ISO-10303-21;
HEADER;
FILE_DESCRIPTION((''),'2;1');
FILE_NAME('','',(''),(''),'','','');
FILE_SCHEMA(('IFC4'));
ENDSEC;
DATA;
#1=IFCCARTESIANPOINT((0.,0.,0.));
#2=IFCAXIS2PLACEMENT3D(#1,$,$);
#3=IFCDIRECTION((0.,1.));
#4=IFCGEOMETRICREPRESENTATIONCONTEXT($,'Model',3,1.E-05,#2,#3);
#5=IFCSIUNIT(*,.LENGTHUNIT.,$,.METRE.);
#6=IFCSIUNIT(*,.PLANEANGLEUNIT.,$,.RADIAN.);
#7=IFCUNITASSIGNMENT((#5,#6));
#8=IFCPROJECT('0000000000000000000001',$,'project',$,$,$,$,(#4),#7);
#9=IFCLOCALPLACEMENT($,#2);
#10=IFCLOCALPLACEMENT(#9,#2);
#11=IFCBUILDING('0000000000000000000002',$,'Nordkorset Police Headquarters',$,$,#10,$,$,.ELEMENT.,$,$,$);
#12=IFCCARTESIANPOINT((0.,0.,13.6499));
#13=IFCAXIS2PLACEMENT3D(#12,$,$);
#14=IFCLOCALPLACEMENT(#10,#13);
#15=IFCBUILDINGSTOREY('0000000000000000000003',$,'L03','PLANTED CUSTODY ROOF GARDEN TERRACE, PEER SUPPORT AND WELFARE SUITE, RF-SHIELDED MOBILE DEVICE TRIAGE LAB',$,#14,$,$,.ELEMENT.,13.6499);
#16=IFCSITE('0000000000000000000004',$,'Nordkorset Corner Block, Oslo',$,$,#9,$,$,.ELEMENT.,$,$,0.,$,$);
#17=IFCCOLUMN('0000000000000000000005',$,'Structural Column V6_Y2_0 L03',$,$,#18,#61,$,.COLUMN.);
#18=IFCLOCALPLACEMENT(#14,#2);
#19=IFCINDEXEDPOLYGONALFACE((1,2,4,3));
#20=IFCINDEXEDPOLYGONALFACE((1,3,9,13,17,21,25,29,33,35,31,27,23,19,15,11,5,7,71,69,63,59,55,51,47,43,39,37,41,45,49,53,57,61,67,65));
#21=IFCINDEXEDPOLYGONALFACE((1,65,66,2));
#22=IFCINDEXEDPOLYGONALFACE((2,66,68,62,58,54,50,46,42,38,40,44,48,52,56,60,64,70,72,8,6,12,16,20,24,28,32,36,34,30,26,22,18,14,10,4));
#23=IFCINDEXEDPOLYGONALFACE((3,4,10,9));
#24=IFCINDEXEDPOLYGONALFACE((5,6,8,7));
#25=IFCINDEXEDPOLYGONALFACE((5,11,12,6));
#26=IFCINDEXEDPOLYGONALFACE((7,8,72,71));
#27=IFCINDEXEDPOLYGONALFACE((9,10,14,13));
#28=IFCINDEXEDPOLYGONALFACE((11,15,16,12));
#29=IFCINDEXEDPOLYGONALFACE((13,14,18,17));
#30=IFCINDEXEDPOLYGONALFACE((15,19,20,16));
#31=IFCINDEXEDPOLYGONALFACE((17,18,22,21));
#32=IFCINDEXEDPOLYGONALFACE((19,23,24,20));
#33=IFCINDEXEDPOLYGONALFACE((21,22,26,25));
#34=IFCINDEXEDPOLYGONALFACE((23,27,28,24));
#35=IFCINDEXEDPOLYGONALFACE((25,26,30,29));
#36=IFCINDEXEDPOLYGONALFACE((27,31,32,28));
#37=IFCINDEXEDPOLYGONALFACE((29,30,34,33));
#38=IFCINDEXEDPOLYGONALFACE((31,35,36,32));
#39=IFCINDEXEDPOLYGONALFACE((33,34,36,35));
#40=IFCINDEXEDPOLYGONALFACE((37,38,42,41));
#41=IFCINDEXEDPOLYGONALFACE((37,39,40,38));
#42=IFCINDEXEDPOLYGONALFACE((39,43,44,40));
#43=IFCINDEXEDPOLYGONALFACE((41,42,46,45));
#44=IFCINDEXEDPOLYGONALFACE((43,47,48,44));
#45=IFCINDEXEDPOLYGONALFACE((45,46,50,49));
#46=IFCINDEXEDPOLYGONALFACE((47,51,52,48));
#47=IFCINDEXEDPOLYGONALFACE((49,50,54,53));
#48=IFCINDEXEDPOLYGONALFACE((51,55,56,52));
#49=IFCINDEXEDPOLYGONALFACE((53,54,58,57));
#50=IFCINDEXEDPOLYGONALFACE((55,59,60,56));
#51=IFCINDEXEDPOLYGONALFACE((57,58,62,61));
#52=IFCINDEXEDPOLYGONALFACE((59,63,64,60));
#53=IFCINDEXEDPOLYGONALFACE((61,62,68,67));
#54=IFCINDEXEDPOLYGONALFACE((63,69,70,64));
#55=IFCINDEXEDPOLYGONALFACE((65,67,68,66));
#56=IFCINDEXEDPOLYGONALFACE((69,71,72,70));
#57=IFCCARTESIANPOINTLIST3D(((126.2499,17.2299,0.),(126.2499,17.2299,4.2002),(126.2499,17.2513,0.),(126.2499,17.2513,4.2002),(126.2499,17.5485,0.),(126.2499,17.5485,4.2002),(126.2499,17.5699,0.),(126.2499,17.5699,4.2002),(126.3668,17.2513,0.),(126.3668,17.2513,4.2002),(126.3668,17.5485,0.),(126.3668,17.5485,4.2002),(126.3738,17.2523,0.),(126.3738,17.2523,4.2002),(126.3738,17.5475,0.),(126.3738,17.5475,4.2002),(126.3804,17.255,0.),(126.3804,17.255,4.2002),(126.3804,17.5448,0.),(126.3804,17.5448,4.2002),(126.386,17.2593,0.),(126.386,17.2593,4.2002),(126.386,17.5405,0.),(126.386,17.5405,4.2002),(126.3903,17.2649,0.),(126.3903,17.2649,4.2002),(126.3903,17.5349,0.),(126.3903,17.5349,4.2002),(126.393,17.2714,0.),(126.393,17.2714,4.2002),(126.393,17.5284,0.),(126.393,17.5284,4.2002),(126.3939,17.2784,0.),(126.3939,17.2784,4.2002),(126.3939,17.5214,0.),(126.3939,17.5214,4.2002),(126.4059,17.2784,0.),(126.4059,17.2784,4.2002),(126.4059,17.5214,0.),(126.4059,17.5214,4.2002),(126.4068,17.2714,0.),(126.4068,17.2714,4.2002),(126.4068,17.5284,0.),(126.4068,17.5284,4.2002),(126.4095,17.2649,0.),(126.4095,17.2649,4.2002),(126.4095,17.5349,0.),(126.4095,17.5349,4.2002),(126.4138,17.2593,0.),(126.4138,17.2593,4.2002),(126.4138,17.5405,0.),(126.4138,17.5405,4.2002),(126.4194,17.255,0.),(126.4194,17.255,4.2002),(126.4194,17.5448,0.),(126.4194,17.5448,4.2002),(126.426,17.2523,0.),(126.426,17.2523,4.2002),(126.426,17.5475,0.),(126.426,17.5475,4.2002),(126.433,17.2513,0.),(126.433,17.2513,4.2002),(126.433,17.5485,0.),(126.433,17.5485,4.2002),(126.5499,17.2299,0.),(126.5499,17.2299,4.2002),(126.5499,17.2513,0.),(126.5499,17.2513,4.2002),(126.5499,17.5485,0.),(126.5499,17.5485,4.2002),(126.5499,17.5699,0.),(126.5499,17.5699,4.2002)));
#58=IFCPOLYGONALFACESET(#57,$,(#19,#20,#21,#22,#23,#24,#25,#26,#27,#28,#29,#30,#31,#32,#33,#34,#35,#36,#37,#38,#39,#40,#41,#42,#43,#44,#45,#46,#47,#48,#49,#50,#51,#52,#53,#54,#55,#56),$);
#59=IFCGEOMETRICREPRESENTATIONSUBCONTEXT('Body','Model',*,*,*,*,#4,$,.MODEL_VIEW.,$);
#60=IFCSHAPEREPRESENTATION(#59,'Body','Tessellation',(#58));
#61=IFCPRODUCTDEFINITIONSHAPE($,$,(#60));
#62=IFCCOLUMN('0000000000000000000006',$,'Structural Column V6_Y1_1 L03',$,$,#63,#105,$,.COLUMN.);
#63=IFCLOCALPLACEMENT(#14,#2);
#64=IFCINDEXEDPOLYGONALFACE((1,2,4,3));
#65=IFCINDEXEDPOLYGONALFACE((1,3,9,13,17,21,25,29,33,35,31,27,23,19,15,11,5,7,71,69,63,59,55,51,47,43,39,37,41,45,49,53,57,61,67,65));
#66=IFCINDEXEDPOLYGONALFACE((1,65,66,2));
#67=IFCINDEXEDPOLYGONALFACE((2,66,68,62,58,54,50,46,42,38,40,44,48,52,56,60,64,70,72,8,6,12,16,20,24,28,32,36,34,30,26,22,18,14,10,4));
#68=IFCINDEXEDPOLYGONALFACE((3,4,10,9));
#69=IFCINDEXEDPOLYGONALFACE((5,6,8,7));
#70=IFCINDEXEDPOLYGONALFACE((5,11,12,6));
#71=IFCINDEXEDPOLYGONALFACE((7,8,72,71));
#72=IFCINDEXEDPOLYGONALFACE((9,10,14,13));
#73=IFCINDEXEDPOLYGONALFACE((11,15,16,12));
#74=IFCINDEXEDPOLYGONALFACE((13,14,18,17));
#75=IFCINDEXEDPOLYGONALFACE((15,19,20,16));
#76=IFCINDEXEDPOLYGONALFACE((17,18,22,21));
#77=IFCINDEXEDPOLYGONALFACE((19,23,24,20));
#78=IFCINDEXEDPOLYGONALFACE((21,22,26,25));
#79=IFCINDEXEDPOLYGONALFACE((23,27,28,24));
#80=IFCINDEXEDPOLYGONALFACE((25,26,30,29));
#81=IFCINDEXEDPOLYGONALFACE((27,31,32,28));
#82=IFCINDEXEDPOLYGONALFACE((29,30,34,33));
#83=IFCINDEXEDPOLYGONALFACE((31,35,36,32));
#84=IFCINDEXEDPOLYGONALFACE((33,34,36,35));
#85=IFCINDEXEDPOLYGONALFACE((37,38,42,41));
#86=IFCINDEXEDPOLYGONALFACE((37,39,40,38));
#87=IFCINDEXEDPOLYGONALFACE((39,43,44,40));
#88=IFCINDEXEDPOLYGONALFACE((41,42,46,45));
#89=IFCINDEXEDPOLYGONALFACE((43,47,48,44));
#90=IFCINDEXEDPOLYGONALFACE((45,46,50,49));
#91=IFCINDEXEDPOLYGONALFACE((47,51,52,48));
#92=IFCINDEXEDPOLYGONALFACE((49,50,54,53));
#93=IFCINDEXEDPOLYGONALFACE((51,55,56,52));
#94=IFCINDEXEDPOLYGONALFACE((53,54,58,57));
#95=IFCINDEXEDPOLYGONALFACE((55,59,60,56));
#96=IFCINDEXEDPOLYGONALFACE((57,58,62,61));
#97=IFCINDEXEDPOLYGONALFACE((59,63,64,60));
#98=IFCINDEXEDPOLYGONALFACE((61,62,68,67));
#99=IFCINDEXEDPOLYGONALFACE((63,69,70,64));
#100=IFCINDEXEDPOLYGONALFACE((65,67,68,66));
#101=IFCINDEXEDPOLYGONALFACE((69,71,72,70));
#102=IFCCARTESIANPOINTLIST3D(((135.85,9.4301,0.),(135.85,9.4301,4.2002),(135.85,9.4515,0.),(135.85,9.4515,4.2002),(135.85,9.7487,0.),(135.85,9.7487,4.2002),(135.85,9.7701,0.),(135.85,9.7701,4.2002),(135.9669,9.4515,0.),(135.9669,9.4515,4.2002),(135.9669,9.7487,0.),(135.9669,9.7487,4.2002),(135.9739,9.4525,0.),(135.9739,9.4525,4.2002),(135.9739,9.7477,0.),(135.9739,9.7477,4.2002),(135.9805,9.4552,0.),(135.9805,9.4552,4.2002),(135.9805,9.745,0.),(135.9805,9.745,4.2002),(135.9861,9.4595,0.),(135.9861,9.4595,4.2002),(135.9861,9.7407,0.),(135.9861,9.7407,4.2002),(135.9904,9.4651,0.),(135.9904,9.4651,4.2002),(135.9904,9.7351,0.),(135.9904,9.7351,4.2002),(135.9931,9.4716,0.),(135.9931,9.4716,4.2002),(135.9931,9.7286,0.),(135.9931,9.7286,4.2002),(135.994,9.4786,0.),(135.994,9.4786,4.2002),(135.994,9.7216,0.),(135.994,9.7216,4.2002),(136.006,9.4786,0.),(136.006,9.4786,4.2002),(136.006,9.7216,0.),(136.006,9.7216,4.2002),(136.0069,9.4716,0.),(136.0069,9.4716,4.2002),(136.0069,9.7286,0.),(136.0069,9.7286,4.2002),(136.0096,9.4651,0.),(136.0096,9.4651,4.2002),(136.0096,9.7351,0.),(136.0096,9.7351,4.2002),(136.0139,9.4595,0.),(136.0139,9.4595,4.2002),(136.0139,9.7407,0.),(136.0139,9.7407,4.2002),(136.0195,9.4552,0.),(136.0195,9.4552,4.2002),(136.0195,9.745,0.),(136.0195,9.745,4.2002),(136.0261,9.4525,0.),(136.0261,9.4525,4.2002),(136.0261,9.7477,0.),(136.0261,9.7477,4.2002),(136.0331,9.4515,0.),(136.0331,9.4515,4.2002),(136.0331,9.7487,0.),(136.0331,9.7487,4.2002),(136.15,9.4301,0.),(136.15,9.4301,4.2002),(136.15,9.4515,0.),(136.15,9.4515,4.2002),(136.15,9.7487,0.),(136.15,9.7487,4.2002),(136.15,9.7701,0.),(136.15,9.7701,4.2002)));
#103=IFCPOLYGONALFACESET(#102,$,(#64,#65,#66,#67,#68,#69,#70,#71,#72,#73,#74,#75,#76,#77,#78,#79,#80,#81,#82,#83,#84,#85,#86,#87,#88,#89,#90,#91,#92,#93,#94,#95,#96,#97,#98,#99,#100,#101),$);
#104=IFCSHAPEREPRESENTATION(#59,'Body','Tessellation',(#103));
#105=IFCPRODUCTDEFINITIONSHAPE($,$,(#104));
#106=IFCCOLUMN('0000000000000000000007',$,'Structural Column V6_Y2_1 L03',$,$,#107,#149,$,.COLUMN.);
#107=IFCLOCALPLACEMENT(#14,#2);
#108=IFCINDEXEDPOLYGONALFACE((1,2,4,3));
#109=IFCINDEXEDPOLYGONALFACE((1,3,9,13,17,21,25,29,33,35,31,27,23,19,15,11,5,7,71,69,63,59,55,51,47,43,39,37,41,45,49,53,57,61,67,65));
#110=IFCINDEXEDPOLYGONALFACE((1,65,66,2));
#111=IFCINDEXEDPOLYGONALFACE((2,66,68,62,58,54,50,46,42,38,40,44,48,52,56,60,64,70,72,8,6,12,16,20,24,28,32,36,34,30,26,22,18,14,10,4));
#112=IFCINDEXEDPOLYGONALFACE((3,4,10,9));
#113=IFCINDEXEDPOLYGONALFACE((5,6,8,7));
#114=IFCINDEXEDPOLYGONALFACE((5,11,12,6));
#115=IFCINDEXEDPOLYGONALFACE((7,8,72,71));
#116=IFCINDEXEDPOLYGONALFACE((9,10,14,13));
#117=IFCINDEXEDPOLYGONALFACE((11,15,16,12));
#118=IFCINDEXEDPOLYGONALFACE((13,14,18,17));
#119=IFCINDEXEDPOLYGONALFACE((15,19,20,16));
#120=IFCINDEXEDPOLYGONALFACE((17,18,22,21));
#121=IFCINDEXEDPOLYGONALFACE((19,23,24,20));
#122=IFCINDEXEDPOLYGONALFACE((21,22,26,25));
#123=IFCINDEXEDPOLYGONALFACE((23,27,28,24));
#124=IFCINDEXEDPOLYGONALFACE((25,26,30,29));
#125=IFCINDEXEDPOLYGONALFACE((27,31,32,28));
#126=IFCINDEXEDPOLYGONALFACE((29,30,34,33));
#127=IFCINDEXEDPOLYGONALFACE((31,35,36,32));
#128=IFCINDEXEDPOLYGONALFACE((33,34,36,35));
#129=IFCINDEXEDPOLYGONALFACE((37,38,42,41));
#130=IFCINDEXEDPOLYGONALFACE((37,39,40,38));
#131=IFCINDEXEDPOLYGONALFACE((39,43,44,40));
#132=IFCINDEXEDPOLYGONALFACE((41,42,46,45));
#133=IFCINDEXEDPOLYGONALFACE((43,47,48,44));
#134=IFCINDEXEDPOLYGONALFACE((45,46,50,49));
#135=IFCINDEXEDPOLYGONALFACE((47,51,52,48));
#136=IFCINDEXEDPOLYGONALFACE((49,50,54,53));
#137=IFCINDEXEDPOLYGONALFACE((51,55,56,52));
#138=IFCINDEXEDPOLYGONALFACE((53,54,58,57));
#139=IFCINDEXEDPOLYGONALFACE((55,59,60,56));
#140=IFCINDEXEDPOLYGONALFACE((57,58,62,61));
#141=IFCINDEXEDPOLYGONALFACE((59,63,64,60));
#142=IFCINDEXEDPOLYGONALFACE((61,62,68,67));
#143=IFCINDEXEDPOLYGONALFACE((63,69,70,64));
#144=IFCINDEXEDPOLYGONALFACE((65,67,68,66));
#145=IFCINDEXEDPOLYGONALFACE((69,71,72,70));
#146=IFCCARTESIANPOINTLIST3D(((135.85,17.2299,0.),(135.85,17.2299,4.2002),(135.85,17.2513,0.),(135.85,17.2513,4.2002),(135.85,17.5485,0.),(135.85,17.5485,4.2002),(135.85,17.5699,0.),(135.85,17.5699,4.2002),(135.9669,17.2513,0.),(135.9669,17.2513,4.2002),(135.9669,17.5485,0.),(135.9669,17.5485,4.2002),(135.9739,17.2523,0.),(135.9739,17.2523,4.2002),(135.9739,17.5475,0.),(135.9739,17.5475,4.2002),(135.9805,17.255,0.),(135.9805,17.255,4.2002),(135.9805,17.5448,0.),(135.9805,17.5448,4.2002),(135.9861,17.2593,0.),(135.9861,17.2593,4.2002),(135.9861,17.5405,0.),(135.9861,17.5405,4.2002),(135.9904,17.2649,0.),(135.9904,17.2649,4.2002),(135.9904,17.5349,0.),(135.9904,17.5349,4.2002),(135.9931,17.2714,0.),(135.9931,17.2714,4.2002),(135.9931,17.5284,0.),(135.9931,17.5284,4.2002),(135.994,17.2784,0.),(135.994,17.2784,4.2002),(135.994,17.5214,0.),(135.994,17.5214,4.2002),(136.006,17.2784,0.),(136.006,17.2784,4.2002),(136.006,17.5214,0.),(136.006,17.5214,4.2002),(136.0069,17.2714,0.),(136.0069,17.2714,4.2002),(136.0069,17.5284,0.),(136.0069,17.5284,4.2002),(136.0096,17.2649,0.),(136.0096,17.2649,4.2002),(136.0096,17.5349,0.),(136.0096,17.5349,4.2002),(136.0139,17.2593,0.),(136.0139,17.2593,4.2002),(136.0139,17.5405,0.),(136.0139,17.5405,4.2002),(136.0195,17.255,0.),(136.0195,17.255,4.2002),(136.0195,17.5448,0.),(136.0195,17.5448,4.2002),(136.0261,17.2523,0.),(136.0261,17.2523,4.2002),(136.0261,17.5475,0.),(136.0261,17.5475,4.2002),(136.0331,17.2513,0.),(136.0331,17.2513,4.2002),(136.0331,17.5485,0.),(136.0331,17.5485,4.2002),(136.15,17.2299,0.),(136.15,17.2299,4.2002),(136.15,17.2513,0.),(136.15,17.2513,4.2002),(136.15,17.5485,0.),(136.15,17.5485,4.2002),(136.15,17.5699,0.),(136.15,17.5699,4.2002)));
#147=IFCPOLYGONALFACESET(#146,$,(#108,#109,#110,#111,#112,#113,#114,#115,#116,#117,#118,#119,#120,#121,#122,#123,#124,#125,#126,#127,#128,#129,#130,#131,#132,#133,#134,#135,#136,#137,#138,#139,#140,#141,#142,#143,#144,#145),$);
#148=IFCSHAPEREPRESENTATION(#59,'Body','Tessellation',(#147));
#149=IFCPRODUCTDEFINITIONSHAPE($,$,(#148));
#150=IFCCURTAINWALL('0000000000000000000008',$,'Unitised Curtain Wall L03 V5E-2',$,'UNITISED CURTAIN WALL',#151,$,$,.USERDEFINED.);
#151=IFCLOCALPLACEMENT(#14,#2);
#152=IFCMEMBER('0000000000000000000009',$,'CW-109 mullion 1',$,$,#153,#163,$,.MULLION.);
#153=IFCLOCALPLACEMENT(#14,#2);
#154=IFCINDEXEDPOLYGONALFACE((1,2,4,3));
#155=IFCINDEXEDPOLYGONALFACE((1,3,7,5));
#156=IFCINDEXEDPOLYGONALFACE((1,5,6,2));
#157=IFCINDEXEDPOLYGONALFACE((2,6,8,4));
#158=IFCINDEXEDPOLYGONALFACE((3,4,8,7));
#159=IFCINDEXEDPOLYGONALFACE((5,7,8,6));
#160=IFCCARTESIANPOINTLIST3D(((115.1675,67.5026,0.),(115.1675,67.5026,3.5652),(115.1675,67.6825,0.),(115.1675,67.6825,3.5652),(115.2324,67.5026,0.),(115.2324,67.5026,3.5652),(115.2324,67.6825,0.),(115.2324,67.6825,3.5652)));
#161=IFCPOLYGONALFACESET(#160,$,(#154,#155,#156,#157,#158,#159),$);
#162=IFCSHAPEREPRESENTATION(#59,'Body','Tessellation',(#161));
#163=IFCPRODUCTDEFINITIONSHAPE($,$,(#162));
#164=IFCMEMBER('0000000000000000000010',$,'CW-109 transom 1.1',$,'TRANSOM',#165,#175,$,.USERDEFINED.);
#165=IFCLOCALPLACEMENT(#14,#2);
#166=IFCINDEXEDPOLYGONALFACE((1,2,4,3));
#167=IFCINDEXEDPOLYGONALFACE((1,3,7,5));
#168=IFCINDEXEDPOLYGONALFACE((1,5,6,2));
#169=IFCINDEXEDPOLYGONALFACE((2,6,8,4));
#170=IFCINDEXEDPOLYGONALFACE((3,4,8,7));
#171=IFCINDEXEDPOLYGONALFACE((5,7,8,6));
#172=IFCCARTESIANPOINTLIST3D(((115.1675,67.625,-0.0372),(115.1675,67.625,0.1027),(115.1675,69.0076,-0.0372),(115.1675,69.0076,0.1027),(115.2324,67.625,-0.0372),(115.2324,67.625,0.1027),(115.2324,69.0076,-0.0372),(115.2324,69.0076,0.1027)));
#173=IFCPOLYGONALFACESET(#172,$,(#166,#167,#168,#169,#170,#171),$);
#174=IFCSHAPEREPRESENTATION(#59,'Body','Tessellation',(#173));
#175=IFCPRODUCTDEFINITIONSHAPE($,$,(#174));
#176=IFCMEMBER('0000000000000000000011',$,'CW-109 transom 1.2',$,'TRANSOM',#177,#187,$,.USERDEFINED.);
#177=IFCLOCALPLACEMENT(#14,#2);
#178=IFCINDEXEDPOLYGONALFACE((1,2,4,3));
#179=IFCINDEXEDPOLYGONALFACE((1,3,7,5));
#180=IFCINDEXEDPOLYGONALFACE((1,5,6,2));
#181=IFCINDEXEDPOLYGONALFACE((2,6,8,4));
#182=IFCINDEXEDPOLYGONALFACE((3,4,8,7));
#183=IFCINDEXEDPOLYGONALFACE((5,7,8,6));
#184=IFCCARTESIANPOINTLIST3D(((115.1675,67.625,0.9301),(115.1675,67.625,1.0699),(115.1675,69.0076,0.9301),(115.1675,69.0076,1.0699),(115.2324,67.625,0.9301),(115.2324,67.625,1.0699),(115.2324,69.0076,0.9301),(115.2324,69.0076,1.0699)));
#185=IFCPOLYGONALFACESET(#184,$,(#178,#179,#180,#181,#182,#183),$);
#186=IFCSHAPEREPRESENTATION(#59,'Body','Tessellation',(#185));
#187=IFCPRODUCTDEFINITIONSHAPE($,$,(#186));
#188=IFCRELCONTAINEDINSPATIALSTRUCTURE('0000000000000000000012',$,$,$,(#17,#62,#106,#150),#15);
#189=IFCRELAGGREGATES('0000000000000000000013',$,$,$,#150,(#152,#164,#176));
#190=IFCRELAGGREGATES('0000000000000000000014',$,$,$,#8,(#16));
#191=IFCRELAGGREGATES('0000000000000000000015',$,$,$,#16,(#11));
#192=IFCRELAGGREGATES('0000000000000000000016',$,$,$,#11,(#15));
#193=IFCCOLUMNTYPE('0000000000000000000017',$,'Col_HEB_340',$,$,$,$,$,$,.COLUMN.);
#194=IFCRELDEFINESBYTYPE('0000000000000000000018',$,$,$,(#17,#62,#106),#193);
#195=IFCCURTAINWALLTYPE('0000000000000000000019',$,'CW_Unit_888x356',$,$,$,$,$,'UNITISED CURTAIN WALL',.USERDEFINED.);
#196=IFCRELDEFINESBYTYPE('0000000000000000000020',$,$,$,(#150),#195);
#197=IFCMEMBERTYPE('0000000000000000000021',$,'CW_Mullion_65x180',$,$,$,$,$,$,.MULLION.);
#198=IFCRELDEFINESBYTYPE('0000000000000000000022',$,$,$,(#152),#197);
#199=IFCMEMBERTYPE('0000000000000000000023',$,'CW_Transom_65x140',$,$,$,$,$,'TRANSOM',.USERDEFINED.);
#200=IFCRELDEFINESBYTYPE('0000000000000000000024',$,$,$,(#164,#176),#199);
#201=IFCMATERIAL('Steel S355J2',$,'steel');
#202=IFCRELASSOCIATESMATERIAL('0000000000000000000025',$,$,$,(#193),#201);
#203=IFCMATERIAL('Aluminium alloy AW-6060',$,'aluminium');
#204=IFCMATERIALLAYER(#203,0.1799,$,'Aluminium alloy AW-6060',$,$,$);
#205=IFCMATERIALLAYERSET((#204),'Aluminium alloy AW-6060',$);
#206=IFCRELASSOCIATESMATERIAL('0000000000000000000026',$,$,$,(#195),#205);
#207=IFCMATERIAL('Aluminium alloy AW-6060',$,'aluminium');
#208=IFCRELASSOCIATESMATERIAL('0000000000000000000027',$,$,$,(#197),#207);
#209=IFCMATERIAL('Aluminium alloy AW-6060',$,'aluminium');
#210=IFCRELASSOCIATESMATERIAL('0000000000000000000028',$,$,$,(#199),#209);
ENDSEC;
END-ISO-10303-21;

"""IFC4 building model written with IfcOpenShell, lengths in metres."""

from ifc_helpers import new_model, si_unit, direction, frame, origin, origin_2d, place, context, subcontext, project, spatial, rectangle, i_section, extrude, material, layer, layer_set, material_profile, profile_set, type_object, element, aggregate, save


model = new_model("IFC4")

# Units and contexts
model_context = context("Model", 3, precision=1e-05, world=origin(), true_north=direction((0.0, 1.0)))
body_context = subcontext(model_context, "Body", "Model", "MODEL_VIEW")
ifc_project = project(units=[si_unit("LENGTHUNIT", "METRE"), si_unit("PLANEANGLEUNIT", "RADIAN")], contexts=[model_context])

# Site, building, storey
site_placement = place(None, origin())
site = spatial("IfcSite", under=ifc_project, at=site_placement, Name="Nordkorset Corner Block, Oslo", CompositionType="ELEMENT", RefElevation=0.0)
building_placement = place(site_placement, origin())
building = spatial("IfcBuilding", under=site, at=building_placement, Name="Nordkorset Police Headquarters", CompositionType="ELEMENT")
storey_placement = place(building_placement, frame((0.0, 0.0, 13.6499)))
storey = spatial("IfcBuildingStorey", under=building, at=storey_placement, Name="L03", Description="PLANTED CUSTODY ROOF GARDEN TERRACE, PEER SUPPORT AND WELFARE SUITE, RF-SHIELDED MOBILE DEVICE TRIAGE LAB", CompositionType="ELEMENT", Elevation=13.6499)

# Columns
ifc_material_1 = material(Name="Steel S355J2", Category="steel")
ifc_material_profile_1 = material_profile(ifc_material_1, i_section(OverallWidth=0.3, OverallDepth=0.3401, WebThickness=0.012, FlangeThickness=0.0215, FilletRadius=0.0271, at=origin_2d()), Name="HEB 340")
ifc_profile_set_1 = profile_set([ifc_material_profile_1], Name="Steel S355J2")
column_type = type_object("IfcColumnType", Name="Col_HEB_340", PredefinedType="COLUMN", material=ifc_profile_set_1)
for number, where, z_axis, x_axis, name in (
    (1, (126.3999, 17.3999, 0.0), (0.0, 0.0, 1.0), (1.0, 0.0, 0.0), "Structural Column V6_Y2_0 L03"),
    (2, (136.0, 9.6001, 0.0), (0.0, 0.0, 1.0), (1.0, 0.0, 0.0), "Structural Column V6_Y1_1 L03"),
    (3, (136.0, 17.3999, 0.0), (0.0, 0.0, 1.0), (1.0, 0.0, 0.0), "Structural Column V6_Y2_1 L03"),
):
    element("IfcColumn", number, at=place(storey_placement, frame(where, z_axis=z_axis, x_axis=x_axis)), inside=storey, type_object=column_type, Name=name, PredefinedType="COLUMN", context=body_context, shape_type="SweptSolid", body=[
        extrude(i_section(OverallWidth=0.3, OverallDepth=0.3401, WebThickness=0.012, FlangeThickness=0.0215, FilletRadius=0.0271, at=origin_2d()), origin(), (0.0, 0.0, 1.0), 4.2002),
    ])

# Curtain wall, members
ifc_material_2 = material(Name="Aluminium alloy AW-6060", Category="aluminium")
ifc_layer_1 = layer(ifc_material_2, 0.1799, Name="Aluminium alloy AW-6060")
ifc_layer_set_1 = layer_set([ifc_layer_1], Name="Aluminium alloy AW-6060")
curtain_wall_type = type_object("IfcCurtainWallType", Name="CW_Unit_888x356", ElementType="UNITISED CURTAIN WALL", PredefinedType="USERDEFINED", material=ifc_layer_set_1)
curtain_wall_placement = place(storey_placement, origin())
curtain_wall = element("IfcCurtainWall", 4, at=curtain_wall_placement, inside=storey, type_object=curtain_wall_type, Name="Unitised Curtain Wall L03 V5E-2", ObjectType="UNITISED CURTAIN WALL", PredefinedType="USERDEFINED")
ifc_material_3 = material(Name="Aluminium alloy AW-6060", Category="aluminium")
ifc_material_profile_2 = material_profile(ifc_material_3, rectangle(XDim=0.0649, YDim=0.1799, at=origin_2d()), Name="ALU MULL 65x180")
ifc_profile_set_2 = profile_set([ifc_material_profile_2], Name="Aluminium alloy AW-6060")
member_type_1 = type_object("IfcMemberType", Name="CW_Mullion_65x180", PredefinedType="MULLION", material=ifc_profile_set_2)
member_1_placement = place(storey_placement, frame((115.2, 67.5925, 0.0), z_axis=(0.0, 0.0, 1.0), x_axis=(-1.0, 0.0, 0.0)))
member_1 = element("IfcMember", 5, at=member_1_placement, type_object=member_type_1, Name="CW-109 mullion 1", PredefinedType="MULLION", context=body_context, shape_type="SweptSolid", body=[
    extrude(rectangle(XDim=0.0649, YDim=0.1799, at=origin_2d()), origin(), (0.0, 0.0, 1.0), 3.5652),
])
ifc_material_4 = material(Name="Aluminium alloy AW-6060", Category="aluminium")
ifc_material_profile_3 = material_profile(ifc_material_4, rectangle(XDim=0.0649, YDim=0.1399, at=origin_2d()), Name="ALU TRAN 65x140")
ifc_profile_set_3 = profile_set([ifc_material_profile_3], Name="Aluminium alloy AW-6060")
member_type_2 = type_object("IfcMemberType", Name="CW_Transom_65x140", ElementType="TRANSOM", PredefinedType="USERDEFINED", material=ifc_profile_set_3)
member_2_placement = place(storey_placement, frame((115.2, 67.625, 0.0327), z_axis=(0.0, 1.0, 0.0), x_axis=(-1.0, 0.0, 0.0)))
member_2 = element("IfcMember", 6, at=member_2_placement, type_object=member_type_2, Name="CW-109 transom 1.1", ObjectType="TRANSOM", PredefinedType="USERDEFINED", context=body_context, shape_type="SweptSolid", body=[
    extrude(rectangle(XDim=0.0649, YDim=0.1399, at=origin_2d()), origin(), (0.0, 0.0, 1.0), 1.3826),
])
member_3_placement = place(storey_placement, frame((115.2, 67.625, 1.0), z_axis=(0.0, 1.0, 0.0), x_axis=(-1.0, 0.0, 0.0)))
member_3 = element("IfcMember", 7, at=member_3_placement, type_object=member_type_2, Name="CW-109 transom 1.2", ObjectType="TRANSOM", PredefinedType="USERDEFINED", context=body_context, shape_type="SweptSolid", body=[
    extrude(rectangle(XDim=0.0649, YDim=0.1399, at=origin_2d()), origin(), (0.0, 0.0, 1.0), 1.3826),
])
aggregate(curtain_wall, [member_1, member_2, member_3])

save(model, "model.ifc")
